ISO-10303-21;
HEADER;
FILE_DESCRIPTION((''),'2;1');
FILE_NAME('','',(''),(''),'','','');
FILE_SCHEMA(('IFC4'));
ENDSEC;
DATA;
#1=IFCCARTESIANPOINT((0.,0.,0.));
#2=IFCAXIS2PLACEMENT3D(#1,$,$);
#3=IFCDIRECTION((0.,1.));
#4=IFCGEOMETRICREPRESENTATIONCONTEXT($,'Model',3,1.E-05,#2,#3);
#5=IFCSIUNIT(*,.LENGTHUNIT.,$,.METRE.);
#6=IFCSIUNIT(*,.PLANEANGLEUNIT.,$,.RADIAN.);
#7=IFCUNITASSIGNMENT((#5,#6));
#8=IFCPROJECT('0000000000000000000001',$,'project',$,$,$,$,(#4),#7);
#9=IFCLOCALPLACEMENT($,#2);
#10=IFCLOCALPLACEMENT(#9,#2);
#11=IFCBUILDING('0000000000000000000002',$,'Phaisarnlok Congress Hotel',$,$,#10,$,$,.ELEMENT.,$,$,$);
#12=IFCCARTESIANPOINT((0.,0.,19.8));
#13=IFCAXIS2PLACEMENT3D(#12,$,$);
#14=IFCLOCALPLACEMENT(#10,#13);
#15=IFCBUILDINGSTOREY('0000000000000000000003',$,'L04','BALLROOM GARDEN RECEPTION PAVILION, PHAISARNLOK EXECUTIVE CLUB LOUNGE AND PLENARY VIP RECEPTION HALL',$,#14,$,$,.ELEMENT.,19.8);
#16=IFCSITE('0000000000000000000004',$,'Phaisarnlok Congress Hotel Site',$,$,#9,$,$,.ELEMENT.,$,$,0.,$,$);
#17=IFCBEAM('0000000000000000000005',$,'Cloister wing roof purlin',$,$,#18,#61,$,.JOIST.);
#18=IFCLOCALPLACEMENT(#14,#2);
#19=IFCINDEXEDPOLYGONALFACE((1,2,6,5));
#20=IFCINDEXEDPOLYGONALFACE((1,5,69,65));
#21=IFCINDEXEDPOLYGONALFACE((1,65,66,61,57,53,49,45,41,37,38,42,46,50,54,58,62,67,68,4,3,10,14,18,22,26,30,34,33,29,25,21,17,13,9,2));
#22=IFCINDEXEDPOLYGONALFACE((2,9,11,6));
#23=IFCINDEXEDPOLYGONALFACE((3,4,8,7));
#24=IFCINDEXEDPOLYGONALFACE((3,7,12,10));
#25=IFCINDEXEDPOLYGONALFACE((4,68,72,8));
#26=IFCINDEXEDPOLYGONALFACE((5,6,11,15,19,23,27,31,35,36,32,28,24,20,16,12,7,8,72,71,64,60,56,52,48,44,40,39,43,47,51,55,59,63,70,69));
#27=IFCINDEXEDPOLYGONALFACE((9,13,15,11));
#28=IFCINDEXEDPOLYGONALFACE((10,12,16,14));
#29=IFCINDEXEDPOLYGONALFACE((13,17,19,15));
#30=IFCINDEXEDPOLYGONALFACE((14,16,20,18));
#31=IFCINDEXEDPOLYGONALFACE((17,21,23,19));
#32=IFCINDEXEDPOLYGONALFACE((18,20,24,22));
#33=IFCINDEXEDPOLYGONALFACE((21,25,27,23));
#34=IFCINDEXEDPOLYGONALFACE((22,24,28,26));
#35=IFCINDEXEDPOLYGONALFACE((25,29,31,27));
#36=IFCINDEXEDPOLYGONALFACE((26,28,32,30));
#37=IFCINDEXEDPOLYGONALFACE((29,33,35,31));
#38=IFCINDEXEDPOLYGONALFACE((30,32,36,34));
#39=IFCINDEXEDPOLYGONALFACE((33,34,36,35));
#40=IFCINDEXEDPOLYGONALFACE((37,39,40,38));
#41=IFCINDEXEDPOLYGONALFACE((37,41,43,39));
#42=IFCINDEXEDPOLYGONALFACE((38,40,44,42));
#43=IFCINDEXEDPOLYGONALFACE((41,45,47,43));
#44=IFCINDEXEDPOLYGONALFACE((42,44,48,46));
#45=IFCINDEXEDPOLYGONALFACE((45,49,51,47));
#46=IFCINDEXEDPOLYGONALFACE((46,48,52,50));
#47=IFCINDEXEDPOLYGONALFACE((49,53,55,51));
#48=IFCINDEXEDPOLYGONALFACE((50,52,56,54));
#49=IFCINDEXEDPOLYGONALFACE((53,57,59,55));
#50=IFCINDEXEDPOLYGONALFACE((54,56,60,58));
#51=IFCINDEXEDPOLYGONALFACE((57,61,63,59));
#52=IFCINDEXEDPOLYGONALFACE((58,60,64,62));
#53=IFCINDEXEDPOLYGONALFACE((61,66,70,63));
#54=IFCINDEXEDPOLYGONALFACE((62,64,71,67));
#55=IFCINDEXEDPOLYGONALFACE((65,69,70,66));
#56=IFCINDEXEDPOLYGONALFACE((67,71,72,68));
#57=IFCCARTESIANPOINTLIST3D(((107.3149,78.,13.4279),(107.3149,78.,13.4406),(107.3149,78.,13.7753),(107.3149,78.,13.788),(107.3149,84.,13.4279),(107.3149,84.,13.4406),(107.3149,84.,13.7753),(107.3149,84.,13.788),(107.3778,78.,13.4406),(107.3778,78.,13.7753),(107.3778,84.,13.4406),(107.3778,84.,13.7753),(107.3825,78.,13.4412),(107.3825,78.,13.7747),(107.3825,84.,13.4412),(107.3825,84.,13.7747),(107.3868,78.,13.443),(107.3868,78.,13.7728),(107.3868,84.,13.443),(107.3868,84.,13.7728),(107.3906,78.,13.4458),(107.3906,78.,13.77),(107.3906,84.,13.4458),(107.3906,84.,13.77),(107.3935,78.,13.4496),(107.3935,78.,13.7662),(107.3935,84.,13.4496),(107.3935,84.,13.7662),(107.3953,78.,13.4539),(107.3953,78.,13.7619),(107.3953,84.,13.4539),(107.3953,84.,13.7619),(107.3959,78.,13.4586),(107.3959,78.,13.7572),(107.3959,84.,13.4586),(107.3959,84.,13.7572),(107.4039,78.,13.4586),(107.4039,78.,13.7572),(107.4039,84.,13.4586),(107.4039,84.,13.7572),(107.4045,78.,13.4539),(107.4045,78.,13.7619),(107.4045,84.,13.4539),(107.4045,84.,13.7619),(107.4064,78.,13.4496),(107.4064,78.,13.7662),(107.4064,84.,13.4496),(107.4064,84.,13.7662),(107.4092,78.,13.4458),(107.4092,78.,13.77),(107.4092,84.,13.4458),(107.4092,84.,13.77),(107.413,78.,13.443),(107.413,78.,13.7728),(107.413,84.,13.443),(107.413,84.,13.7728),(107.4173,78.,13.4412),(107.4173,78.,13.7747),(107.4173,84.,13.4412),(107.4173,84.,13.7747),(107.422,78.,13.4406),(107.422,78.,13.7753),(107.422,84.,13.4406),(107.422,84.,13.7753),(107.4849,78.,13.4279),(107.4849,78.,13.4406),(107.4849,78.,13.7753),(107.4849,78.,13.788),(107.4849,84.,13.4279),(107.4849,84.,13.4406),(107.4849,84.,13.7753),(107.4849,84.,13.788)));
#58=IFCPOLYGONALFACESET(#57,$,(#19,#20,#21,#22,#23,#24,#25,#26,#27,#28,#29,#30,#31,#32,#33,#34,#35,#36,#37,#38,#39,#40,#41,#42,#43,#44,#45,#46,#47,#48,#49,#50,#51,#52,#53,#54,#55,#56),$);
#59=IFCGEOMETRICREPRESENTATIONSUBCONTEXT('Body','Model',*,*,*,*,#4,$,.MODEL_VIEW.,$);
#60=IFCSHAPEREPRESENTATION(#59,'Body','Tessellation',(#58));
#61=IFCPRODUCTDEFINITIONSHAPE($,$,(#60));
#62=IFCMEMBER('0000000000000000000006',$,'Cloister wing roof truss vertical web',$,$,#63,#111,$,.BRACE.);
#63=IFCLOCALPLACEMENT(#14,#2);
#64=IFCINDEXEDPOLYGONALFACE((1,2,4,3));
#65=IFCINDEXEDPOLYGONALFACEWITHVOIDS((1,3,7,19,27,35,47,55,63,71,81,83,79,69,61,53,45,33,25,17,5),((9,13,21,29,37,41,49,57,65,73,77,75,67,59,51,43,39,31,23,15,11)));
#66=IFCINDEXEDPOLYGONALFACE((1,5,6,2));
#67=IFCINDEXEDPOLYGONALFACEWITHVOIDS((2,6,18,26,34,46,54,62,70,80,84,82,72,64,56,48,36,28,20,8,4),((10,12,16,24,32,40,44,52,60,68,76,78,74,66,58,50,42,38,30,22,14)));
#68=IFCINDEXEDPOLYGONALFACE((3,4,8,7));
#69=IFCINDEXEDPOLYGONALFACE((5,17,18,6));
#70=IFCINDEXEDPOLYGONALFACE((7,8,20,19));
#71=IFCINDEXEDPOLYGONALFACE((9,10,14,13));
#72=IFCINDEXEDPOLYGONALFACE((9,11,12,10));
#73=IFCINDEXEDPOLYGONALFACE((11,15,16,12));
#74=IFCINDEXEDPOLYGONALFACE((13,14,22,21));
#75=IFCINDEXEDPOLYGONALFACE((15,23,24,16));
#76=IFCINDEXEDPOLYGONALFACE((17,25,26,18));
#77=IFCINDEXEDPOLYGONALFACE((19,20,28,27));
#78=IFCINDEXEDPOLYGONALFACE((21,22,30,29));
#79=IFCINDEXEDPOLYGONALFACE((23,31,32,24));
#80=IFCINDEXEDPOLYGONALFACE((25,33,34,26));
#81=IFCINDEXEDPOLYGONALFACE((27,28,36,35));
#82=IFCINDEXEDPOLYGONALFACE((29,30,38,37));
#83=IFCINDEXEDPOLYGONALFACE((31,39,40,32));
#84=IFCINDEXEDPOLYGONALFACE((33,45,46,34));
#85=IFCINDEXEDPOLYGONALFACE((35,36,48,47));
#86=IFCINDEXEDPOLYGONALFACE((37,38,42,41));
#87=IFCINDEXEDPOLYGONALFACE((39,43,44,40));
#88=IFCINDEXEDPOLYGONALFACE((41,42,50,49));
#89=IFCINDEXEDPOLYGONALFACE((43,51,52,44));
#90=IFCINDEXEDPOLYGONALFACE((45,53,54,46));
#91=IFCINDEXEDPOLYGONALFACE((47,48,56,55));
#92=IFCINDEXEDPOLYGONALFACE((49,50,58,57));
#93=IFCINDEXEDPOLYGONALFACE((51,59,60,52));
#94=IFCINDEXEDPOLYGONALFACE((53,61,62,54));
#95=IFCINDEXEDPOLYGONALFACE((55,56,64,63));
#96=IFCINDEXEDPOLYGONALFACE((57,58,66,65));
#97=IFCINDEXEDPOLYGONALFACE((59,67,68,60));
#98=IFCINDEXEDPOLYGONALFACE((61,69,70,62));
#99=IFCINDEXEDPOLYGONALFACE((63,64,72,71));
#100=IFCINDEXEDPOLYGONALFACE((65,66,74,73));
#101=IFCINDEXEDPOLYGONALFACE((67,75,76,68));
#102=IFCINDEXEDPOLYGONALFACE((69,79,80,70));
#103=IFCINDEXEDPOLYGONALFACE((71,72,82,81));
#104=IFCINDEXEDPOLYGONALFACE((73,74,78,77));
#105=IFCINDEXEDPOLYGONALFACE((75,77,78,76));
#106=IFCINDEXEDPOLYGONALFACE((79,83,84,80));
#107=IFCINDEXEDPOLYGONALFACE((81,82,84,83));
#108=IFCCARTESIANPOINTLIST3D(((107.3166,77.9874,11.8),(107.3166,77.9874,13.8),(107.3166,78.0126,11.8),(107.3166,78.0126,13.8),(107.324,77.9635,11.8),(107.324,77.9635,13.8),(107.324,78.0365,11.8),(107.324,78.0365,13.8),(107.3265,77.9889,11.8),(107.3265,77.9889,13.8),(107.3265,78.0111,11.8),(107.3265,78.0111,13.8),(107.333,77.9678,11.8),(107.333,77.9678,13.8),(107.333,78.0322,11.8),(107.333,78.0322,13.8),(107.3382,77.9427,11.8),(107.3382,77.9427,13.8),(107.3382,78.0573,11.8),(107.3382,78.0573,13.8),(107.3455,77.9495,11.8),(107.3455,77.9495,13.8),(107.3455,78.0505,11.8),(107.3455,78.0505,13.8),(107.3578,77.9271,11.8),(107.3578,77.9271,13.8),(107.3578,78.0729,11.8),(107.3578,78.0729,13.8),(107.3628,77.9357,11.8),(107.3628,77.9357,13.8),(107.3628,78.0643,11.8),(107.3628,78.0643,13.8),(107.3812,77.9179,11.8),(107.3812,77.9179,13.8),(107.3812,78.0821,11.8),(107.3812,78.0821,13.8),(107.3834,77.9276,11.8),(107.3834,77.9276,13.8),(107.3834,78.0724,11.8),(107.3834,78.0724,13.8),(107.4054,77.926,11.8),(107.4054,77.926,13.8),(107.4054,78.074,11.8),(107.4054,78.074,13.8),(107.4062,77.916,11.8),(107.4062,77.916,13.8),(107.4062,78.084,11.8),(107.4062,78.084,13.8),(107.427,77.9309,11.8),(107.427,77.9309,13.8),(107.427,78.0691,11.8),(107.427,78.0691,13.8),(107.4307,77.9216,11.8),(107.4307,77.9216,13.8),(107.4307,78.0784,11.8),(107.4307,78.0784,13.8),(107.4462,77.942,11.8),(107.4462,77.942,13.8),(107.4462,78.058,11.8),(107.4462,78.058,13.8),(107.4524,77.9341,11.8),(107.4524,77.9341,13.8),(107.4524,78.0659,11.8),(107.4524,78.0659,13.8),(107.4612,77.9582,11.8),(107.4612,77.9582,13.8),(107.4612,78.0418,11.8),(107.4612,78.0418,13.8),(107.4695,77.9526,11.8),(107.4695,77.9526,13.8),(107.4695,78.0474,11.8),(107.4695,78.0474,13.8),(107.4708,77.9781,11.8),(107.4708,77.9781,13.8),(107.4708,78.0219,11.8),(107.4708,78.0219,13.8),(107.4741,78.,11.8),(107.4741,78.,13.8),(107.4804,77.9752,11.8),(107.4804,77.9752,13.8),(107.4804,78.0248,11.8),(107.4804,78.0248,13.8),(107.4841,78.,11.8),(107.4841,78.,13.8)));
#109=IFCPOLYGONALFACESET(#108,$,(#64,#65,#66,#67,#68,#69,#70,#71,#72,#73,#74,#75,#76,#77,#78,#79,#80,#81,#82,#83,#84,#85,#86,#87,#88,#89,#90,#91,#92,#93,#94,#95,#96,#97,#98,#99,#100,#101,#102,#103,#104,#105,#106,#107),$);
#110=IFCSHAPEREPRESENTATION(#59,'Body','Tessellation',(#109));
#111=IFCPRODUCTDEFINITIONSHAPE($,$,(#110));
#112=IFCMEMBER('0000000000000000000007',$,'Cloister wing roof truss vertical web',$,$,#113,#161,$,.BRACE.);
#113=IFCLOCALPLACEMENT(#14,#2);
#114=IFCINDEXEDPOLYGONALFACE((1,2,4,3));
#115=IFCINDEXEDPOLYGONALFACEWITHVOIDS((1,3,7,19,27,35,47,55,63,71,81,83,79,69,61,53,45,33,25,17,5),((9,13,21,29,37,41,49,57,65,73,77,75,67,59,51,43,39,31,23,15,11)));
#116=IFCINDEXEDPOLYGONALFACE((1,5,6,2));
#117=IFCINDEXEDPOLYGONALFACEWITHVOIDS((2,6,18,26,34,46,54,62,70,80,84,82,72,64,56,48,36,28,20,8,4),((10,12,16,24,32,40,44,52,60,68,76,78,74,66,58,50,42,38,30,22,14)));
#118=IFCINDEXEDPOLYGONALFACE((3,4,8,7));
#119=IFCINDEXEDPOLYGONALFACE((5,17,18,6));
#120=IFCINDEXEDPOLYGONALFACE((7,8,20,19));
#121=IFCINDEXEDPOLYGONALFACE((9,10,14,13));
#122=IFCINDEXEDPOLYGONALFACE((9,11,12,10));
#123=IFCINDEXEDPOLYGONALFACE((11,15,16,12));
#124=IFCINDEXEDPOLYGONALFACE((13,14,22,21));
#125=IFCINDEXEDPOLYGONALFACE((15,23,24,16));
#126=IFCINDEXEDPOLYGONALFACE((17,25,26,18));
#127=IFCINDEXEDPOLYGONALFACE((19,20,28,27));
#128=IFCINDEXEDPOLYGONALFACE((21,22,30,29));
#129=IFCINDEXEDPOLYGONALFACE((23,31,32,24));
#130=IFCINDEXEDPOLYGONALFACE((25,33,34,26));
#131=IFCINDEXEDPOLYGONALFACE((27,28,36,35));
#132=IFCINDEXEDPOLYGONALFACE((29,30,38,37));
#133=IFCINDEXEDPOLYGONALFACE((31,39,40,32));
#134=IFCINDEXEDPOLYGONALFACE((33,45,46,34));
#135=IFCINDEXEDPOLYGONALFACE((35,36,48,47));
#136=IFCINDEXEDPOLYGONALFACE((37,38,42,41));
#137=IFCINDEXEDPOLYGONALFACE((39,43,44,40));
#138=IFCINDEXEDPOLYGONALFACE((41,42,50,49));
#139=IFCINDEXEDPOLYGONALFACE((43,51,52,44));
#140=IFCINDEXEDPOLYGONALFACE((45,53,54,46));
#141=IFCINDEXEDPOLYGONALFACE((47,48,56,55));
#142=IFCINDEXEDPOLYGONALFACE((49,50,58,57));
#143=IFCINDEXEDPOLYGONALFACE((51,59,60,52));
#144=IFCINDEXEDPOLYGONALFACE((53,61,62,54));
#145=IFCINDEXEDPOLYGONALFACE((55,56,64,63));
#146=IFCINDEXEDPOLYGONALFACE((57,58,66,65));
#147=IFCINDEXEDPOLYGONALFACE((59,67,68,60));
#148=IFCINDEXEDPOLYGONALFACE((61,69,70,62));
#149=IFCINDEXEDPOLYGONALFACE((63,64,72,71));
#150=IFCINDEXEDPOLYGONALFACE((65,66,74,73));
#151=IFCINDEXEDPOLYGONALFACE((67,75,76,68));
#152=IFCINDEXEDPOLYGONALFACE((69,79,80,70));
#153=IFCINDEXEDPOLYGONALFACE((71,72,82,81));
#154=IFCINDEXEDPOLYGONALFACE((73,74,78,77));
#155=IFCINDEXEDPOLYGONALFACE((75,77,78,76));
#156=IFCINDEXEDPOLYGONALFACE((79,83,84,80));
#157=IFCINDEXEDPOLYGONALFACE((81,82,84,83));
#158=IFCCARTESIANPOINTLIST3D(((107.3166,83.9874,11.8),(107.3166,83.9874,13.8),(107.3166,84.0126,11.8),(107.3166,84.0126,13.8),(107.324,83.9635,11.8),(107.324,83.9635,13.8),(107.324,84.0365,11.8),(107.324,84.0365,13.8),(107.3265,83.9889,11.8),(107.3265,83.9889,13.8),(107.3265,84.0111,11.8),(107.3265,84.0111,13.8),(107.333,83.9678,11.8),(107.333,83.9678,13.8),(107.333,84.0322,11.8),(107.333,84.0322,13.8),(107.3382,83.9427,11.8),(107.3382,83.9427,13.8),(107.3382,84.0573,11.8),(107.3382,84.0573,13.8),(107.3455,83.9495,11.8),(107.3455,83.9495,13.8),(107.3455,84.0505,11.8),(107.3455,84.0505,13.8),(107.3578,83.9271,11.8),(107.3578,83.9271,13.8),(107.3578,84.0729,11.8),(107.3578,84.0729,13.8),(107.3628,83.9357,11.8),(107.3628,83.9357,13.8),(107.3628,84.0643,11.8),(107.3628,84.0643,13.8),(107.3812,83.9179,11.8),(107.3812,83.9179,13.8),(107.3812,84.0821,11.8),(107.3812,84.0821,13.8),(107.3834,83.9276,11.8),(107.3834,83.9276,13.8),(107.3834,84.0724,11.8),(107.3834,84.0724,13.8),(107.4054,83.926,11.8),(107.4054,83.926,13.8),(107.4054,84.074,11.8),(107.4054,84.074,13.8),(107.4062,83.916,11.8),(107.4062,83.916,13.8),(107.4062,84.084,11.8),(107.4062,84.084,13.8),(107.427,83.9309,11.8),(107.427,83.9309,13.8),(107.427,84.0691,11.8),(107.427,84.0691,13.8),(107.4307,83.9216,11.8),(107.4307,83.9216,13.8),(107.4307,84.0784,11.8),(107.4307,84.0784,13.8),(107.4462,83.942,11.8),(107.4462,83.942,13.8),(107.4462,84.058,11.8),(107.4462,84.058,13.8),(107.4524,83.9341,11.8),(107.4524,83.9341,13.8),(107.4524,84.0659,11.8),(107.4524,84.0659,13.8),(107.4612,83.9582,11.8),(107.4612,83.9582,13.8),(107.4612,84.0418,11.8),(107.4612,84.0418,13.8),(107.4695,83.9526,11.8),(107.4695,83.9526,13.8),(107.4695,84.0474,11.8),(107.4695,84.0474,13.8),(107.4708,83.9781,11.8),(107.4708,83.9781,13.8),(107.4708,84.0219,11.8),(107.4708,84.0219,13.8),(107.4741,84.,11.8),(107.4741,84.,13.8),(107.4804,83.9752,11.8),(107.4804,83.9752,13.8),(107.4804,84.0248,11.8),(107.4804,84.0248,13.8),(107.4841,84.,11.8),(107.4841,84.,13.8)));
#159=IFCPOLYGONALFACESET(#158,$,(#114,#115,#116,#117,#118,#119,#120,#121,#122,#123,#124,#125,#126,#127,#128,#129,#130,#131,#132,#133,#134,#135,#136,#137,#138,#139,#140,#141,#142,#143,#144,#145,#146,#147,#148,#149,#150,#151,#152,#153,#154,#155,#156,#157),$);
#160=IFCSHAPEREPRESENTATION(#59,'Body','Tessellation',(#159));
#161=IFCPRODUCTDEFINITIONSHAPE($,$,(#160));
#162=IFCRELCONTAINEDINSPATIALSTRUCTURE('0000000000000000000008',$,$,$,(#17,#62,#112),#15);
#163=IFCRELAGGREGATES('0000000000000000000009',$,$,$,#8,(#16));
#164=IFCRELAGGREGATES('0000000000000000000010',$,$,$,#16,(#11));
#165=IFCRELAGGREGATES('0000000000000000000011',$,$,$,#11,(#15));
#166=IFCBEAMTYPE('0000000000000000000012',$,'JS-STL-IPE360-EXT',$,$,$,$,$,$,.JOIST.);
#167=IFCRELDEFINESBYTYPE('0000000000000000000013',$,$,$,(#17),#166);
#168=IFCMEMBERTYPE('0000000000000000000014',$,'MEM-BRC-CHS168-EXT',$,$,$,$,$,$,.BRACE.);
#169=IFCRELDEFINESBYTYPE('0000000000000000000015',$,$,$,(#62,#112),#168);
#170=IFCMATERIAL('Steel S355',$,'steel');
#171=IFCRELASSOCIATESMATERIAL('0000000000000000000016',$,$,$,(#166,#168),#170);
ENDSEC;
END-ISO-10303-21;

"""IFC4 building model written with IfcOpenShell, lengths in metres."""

from ifc_helpers import new_model, si_unit, direction, frame, origin, origin_2d, place, context, subcontext, project, spatial, hollow_circle, i_section, extrude, material, material_profile, profile_set, type_object, element, save


model = new_model("IFC4")

# Units and contexts
model_context = context("Model", 3, precision=1e-05, world=origin(), true_north=direction((0.0, 1.0)))
body_context = subcontext(model_context, "Body", "Model", "MODEL_VIEW")
ifc_project = project(units=[si_unit("LENGTHUNIT", "METRE"), si_unit("PLANEANGLEUNIT", "RADIAN")], contexts=[model_context])

# Site, building, storey
site_placement = place(None, origin())
site = spatial("IfcSite", under=ifc_project, at=site_placement, Name="Phaisarnlok Congress Hotel Site", CompositionType="ELEMENT", RefElevation=0.0)
building_placement = place(site_placement, origin())
building = spatial("IfcBuilding", under=site, at=building_placement, Name="Phaisarnlok Congress Hotel", CompositionType="ELEMENT")
storey_placement = place(building_placement, frame((0.0, 0.0, 19.8)))
storey = spatial("IfcBuildingStorey", under=building, at=storey_placement, Name="L04", Description="BALLROOM GARDEN RECEPTION PAVILION, PHAISARNLOK EXECUTIVE CLUB LOUNGE AND PLENARY VIP RECEPTION HALL", CompositionType="ELEMENT", Elevation=19.8)

# Shared definitions
ifc_material_1 = material(Name="Steel S355", Category="steel")

# Beam
ifc_material_profile_1 = material_profile(ifc_material_1, i_section(OverallWidth=0.1699, OverallDepth=0.3601, WebThickness=0.0081, FlangeThickness=0.0127, FilletRadius=0.0181, at=origin_2d()), Name="IPE 360")
ifc_profile_set_1 = profile_set([ifc_material_profile_1], Name="Steel S355")
beam_type_1 = type_object("IfcBeamType", Name="JS-STL-IPE360-EXT", PredefinedType="JOIST", material=ifc_profile_set_1)
beam_1_placement = place(storey_placement, frame((107.3999, 78.0, 13.6079), z_axis=(0.0, 1.0, 0.0), x_axis=(-1.0, 0.0, 0.0)))
element("IfcBeam", 1, at=beam_1_placement, inside=storey, type_object=beam_type_1, Name="Cloister wing roof purlin", PredefinedType="JOIST", context=body_context, shape_type="SweptSolid", body=[
    extrude(i_section(OverallWidth=0.1699, OverallDepth=0.3601, WebThickness=0.0081, FlangeThickness=0.0127, FilletRadius=0.0181, at=origin_2d()), origin(), (0.0, 0.0, 1.0), 6.0),
])

# Members
ifc_material_profile_2 = material_profile(ifc_material_1, hollow_circle(Radius=0.0842, WallThickness=0.01, at=origin_2d()), Name="CHS 168.3x10")
ifc_profile_set_2 = profile_set([ifc_material_profile_2], Name="Steel S355")
member_type_1 = type_object("IfcMemberType", Name="MEM-BRC-CHS168-EXT", PredefinedType="BRACE", material=ifc_profile_set_2)
for number, where, z_axis, x_axis, name in (
    (2, (107.3999, 78.0, 11.8), (0.0, 0.0, 1.0), (1.0, 0.0, 0.0), "Cloister wing roof truss vertical web"),
    (3, (107.3999, 84.0, 11.8), (0.0, 0.0, 1.0), (1.0, 0.0, 0.0), "Cloister wing roof truss vertical web"),
):
    element("IfcMember", number, at=place(storey_placement, frame(where, z_axis=z_axis, x_axis=x_axis)), inside=storey, type_object=member_type_1, Name=name, PredefinedType="BRACE", context=body_context, shape_type="SweptSolid", body=[
        extrude(hollow_circle(Radius=0.0842, WallThickness=0.01, at=origin_2d()), origin(), (0.0, 0.0, 1.0), 2.0),
    ])

save(model, "model.ifc")
